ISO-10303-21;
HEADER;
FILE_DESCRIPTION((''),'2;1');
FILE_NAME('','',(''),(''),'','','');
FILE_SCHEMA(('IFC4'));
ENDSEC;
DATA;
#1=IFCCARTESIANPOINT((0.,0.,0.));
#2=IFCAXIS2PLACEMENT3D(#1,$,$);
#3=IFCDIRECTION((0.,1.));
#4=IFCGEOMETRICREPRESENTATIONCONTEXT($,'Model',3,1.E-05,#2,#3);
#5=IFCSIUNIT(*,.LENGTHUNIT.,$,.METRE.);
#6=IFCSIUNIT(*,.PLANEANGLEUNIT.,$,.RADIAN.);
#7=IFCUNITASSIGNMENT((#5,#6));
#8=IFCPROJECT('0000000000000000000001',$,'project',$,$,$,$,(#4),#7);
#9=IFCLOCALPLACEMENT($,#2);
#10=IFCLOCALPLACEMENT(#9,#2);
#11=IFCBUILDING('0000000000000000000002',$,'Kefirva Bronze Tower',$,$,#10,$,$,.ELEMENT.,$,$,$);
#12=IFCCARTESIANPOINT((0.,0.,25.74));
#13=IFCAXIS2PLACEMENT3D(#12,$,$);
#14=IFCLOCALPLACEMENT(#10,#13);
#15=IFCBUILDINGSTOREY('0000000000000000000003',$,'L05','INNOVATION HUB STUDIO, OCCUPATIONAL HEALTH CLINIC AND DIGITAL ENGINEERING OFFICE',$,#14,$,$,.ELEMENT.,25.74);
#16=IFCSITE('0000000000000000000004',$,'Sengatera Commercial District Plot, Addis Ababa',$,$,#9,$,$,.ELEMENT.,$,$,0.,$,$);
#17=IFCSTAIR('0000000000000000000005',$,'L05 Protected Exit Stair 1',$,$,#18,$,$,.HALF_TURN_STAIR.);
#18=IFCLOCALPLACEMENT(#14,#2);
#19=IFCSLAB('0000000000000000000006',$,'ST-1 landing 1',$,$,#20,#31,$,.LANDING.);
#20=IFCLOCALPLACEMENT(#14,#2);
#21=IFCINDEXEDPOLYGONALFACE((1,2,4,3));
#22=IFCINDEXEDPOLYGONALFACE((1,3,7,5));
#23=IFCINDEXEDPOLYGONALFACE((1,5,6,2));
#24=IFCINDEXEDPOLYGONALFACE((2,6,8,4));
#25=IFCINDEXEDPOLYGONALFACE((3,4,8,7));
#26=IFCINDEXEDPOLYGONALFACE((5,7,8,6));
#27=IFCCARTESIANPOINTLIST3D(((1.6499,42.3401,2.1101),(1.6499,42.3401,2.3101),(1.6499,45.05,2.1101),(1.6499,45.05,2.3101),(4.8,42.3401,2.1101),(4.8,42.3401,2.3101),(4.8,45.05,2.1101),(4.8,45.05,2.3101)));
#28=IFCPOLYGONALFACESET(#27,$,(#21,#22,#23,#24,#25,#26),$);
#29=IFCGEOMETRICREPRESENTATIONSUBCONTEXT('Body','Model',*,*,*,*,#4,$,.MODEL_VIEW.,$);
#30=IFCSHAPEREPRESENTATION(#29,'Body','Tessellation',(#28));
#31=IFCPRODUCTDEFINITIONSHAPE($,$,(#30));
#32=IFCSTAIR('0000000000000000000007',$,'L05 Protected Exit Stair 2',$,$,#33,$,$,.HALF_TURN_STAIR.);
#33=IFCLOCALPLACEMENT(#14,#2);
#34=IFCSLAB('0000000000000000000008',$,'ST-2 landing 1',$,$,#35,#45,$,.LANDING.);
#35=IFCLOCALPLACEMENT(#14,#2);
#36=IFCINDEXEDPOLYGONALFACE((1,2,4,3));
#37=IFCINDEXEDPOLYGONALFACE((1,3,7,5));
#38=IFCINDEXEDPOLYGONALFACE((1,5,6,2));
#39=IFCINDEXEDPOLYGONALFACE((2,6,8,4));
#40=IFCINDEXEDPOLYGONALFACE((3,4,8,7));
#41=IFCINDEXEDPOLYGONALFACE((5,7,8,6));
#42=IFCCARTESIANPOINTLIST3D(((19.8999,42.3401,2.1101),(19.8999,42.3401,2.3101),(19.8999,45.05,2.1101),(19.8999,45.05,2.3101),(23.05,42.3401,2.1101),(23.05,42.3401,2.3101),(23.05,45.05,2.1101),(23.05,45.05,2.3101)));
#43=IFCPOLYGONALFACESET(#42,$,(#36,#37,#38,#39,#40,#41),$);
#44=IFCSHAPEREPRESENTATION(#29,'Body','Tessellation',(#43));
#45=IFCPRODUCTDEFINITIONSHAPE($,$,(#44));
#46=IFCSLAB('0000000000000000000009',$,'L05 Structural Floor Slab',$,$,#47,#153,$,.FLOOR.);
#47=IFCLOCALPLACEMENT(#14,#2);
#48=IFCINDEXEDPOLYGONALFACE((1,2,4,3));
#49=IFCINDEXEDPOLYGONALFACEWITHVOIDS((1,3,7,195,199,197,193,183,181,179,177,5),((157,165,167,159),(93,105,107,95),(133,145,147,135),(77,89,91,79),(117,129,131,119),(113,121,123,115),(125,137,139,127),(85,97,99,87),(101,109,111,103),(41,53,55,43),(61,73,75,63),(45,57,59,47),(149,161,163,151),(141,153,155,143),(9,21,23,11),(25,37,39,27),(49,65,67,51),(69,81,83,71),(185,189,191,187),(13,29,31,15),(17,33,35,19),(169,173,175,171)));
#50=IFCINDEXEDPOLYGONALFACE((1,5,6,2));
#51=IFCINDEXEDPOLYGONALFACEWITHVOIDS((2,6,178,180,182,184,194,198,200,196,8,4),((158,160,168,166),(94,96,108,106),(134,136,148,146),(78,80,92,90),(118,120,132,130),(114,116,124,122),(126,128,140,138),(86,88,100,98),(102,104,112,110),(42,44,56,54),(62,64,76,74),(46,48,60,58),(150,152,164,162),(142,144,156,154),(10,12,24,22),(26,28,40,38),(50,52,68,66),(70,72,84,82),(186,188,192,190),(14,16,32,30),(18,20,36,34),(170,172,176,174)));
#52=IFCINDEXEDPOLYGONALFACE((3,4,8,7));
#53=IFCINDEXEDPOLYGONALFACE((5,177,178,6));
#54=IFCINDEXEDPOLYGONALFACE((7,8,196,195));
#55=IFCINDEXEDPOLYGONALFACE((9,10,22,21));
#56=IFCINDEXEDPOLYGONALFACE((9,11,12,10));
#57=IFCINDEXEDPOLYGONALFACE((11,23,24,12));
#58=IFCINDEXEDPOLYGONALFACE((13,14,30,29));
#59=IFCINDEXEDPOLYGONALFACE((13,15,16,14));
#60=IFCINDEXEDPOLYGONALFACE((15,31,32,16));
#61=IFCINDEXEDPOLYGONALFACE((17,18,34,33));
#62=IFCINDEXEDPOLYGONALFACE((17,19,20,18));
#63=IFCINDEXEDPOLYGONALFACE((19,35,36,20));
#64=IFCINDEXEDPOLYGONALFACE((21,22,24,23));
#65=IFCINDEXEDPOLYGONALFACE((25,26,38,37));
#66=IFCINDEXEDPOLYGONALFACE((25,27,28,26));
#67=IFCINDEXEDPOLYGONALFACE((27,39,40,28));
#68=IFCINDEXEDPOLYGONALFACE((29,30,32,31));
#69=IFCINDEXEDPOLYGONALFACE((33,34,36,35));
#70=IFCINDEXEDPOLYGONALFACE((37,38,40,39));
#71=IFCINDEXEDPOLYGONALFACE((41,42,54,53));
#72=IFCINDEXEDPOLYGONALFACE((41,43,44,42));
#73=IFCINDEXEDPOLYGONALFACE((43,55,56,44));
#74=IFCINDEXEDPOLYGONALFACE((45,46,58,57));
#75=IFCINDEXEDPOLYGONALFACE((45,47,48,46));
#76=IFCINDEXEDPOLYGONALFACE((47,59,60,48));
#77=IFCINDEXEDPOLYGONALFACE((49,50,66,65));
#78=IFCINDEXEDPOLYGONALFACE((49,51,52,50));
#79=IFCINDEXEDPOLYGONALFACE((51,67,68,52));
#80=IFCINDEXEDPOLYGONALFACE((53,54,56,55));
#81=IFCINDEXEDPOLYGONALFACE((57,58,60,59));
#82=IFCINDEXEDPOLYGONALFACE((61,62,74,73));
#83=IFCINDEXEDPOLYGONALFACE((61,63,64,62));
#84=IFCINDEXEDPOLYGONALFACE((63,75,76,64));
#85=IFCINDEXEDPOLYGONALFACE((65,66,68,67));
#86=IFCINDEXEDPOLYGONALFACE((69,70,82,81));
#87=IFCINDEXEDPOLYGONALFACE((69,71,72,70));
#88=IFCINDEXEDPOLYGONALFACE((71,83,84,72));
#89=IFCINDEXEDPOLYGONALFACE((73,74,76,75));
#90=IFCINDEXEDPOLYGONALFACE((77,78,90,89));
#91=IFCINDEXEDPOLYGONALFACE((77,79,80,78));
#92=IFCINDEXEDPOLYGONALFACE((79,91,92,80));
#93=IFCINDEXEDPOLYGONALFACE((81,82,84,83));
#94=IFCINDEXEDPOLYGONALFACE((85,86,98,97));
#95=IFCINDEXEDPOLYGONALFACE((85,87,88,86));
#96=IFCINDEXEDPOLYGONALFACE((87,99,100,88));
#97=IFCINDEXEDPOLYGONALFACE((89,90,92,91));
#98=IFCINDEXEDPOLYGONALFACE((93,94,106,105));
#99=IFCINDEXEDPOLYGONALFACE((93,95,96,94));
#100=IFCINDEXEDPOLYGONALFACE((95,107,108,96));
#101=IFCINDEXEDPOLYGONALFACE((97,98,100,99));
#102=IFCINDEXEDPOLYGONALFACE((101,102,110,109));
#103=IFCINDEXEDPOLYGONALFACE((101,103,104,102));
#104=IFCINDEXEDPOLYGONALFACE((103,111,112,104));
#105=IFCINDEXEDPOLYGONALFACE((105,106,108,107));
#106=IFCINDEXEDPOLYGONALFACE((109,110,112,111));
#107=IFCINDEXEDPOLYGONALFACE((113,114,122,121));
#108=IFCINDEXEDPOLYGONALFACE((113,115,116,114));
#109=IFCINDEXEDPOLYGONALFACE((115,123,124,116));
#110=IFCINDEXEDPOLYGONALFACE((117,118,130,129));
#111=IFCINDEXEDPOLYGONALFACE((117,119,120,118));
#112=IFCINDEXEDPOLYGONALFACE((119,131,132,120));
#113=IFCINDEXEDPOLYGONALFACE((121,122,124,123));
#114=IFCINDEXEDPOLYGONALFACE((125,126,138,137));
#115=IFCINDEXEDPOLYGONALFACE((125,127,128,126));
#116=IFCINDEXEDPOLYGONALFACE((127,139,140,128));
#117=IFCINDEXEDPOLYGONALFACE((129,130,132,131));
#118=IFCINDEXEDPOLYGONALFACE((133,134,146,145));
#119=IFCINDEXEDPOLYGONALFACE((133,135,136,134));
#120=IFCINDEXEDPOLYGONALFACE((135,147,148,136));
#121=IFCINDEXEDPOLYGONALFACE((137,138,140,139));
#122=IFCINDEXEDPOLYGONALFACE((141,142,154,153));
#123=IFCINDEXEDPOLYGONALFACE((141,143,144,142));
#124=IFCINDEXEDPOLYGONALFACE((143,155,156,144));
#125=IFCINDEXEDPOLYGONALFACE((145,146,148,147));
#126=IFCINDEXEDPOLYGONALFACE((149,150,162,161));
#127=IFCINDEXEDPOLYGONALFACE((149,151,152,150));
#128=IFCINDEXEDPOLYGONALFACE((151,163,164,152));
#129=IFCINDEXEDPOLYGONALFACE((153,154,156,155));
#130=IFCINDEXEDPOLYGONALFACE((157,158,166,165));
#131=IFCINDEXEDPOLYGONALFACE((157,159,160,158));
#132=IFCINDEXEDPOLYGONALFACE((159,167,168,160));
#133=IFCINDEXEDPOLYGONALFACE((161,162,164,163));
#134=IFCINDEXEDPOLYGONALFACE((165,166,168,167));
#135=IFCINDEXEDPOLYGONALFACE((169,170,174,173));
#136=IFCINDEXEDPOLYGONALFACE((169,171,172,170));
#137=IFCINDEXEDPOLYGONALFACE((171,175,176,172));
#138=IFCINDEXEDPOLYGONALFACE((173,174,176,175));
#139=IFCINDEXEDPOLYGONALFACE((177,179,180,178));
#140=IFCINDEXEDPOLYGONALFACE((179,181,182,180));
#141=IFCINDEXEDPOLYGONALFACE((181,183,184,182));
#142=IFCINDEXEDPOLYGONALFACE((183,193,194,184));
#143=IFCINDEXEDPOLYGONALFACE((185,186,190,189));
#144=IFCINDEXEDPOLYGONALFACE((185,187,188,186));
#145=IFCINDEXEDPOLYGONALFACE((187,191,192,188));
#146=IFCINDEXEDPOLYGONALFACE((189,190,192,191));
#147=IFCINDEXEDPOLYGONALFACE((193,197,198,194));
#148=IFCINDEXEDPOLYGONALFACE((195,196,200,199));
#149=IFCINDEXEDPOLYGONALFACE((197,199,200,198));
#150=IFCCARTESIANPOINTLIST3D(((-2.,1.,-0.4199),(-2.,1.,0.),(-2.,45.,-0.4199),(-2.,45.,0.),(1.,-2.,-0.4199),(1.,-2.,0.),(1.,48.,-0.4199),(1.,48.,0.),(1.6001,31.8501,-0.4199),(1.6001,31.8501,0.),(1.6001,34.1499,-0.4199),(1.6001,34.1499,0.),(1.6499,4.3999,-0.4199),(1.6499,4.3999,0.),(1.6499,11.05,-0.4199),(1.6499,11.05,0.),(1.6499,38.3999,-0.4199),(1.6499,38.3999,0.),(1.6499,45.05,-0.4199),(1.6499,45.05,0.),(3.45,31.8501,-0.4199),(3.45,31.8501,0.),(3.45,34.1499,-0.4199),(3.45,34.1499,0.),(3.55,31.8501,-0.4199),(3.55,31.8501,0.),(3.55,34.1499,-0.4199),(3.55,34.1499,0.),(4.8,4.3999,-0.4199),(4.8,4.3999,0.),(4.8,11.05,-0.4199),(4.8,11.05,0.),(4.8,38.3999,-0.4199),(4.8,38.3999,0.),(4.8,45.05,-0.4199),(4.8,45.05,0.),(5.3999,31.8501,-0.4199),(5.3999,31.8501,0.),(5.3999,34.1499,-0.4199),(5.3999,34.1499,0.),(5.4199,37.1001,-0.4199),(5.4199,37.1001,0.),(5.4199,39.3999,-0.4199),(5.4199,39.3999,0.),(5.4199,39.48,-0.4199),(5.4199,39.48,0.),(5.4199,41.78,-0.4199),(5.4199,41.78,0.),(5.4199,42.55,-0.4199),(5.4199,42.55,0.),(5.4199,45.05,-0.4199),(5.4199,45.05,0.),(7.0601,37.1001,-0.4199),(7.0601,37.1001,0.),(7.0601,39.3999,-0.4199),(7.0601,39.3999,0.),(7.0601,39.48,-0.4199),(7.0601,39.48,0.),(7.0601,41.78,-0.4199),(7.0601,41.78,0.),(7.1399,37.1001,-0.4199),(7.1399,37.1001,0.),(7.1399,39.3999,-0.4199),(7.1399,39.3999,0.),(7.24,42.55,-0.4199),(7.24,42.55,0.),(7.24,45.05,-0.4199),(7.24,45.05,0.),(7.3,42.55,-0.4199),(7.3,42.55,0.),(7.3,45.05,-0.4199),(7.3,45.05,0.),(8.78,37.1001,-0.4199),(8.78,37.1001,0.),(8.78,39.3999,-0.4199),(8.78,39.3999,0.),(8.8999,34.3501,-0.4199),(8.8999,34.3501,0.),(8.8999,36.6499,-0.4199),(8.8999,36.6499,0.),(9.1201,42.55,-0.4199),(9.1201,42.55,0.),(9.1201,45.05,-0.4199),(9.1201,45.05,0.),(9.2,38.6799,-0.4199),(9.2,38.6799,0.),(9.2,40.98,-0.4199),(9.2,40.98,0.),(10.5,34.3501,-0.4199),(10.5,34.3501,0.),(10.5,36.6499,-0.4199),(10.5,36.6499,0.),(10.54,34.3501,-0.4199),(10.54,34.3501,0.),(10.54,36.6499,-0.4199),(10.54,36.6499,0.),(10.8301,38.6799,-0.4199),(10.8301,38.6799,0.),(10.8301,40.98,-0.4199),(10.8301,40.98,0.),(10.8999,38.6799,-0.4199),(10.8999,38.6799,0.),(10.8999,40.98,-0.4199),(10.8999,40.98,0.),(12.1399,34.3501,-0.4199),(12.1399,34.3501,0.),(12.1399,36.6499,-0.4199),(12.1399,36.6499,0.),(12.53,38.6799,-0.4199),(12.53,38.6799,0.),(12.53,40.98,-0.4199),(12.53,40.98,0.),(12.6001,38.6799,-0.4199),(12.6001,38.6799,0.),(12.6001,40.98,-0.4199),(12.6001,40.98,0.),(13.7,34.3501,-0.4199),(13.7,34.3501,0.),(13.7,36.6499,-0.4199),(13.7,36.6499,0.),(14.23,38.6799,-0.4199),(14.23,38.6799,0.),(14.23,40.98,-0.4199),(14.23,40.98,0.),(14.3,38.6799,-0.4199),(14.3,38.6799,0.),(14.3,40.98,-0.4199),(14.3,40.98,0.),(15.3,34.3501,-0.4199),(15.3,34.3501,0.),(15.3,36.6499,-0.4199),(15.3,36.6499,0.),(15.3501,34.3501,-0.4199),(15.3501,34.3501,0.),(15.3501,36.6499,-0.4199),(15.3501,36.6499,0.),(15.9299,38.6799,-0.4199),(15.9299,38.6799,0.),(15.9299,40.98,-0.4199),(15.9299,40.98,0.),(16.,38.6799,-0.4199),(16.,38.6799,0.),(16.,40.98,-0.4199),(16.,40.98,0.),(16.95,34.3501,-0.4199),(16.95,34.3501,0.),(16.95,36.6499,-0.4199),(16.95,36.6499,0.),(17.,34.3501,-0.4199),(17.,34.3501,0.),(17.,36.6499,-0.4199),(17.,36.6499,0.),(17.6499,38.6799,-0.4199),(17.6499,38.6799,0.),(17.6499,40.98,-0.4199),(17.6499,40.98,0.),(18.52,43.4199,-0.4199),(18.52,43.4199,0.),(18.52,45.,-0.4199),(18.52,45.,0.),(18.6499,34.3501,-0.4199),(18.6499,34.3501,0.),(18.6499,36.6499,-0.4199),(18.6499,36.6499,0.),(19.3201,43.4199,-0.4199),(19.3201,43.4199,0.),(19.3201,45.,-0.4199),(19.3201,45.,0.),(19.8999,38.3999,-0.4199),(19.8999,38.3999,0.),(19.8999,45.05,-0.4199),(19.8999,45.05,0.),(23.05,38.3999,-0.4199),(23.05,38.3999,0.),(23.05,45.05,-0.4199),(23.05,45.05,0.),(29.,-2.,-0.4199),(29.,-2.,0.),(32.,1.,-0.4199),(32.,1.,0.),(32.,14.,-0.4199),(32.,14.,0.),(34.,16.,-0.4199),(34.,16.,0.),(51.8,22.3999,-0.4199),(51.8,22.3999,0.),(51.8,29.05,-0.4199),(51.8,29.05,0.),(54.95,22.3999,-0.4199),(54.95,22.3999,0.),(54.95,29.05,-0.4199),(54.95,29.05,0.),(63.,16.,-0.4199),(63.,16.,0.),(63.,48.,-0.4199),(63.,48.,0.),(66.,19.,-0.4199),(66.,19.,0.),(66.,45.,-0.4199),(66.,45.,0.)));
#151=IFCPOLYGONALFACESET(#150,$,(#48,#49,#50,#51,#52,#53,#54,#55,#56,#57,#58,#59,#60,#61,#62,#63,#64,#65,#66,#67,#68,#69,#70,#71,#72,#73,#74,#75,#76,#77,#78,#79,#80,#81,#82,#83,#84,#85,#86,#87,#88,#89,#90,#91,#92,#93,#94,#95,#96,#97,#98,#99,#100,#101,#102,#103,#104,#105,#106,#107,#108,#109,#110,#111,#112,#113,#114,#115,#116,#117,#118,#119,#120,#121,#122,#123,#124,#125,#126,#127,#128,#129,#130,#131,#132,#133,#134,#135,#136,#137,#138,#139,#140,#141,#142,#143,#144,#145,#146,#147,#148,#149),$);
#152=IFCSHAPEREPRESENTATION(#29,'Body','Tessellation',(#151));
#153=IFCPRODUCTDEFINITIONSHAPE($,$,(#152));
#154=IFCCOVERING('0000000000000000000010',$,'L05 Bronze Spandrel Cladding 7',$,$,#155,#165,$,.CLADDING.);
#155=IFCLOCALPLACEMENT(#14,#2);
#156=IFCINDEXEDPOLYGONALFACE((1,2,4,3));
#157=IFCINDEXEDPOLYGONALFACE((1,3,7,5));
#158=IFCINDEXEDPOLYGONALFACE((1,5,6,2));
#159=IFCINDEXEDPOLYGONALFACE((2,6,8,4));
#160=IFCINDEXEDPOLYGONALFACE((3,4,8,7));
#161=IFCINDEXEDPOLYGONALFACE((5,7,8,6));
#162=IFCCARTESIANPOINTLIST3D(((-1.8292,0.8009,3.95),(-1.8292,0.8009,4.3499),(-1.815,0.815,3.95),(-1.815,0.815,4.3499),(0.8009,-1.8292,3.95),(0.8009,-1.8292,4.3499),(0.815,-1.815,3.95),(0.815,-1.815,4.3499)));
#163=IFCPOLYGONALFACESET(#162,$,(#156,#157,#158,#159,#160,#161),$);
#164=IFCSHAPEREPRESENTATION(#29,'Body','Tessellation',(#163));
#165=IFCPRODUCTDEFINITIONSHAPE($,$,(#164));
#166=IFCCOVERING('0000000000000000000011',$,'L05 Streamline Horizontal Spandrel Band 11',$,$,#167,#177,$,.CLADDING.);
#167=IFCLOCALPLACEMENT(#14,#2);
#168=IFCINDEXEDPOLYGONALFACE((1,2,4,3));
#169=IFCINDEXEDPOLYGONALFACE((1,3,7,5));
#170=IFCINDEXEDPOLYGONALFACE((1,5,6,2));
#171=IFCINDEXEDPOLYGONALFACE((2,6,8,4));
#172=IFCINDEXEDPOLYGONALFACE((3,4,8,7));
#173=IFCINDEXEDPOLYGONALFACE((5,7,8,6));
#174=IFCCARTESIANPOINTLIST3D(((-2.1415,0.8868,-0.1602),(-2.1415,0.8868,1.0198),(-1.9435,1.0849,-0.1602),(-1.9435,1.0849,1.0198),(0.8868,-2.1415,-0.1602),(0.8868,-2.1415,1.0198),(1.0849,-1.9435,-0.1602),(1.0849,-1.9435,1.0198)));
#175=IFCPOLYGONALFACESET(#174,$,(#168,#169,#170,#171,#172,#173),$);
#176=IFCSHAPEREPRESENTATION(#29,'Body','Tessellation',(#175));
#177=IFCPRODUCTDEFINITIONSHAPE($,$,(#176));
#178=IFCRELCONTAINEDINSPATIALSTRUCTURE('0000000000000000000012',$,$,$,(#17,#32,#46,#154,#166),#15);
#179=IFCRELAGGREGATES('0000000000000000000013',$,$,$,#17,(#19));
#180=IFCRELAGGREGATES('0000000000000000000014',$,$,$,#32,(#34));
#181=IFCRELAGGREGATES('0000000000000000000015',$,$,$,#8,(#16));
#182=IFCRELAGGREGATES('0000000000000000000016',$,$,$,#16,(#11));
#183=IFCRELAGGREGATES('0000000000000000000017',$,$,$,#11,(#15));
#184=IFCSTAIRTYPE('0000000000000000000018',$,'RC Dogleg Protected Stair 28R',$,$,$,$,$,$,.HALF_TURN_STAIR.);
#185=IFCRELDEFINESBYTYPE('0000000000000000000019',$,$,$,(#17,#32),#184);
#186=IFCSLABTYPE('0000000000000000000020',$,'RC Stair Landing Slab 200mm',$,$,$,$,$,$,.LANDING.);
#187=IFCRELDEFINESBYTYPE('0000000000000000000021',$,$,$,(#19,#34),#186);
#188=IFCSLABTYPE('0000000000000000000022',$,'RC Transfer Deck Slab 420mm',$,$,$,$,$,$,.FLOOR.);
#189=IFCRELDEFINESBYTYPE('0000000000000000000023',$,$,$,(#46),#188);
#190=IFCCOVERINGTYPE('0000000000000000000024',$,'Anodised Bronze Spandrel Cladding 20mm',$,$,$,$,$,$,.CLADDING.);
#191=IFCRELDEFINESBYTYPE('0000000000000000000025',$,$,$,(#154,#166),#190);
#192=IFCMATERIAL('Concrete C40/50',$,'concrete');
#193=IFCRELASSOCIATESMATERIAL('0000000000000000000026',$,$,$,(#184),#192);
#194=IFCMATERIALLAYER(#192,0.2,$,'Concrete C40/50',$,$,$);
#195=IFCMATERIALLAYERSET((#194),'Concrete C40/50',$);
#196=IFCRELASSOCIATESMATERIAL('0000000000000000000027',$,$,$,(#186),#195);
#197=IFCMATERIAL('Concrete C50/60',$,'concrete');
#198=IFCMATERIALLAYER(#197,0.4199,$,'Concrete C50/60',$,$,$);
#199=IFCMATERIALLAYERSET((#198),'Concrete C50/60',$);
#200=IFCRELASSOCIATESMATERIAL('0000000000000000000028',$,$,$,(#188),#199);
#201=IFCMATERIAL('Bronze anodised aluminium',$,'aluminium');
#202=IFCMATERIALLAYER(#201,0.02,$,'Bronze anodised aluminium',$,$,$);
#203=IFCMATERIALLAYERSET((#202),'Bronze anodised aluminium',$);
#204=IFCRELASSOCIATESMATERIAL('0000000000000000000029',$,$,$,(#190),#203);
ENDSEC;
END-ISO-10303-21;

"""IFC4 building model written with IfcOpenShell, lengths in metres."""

from ifc_helpers import new_model, si_unit, direction, frame, origin, origin_2d, place, context, subcontext, project, spatial, polyline, rectangle, outline, extrude, material, layer, layer_set, type_object, element, aggregate, save


model = new_model("IFC4")

# Units and contexts
model_context = context("Model", 3, precision=1e-05, world=origin(), true_north=direction((0.0, 1.0)))
body_context = subcontext(model_context, "Body", "Model", "MODEL_VIEW")
ifc_project = project(units=[si_unit("LENGTHUNIT", "METRE"), si_unit("PLANEANGLEUNIT", "RADIAN")], contexts=[model_context])

# Site, building, storey
site_placement = place(None, origin())
site = spatial("IfcSite", under=ifc_project, at=site_placement, Name="Sengatera Commercial District Plot, Addis Ababa", CompositionType="ELEMENT", RefElevation=0.0)
building_placement = place(site_placement, origin())
building = spatial("IfcBuilding", under=site, at=building_placement, Name="Kefirva Bronze Tower", CompositionType="ELEMENT")
storey_placement = place(building_placement, frame((0.0, 0.0, 25.74)))
storey = spatial("IfcBuildingStorey", under=building, at=storey_placement, Name="L05", Description="INNOVATION HUB STUDIO, OCCUPATIONAL HEALTH CLINIC AND DIGITAL ENGINEERING OFFICE", CompositionType="ELEMENT", Elevation=25.74)

# Stairs, slabs
ifc_material_1 = material(Name="Concrete C40/50", Category="concrete")
stair_type = type_object("IfcStairType", Name="RC Dogleg Protected Stair 28R", PredefinedType="HALF_TURN_STAIR", material=ifc_material_1)
stair_1_placement = place(storey_placement, origin())
stair_1 = element("IfcStair", 1, at=stair_1_placement, inside=storey, type_object=stair_type, Name="L05 Protected Exit Stair 1", PredefinedType="HALF_TURN_STAIR")
ifc_layer_1 = layer(ifc_material_1, 0.2, Name="Concrete C40/50")
ifc_layer_set_1 = layer_set([ifc_layer_1], Name="Concrete C40/50")
slab_type_1 = type_object("IfcSlabType", Name="RC Stair Landing Slab 200mm", PredefinedType="LANDING", material=ifc_layer_set_1)
slab_1_placement = place(storey_placement, frame((0.0, 0.0, 2.1101)))
slab_1 = element("IfcSlab", 2, at=slab_1_placement, type_object=slab_type_1, Name="ST-1 landing 1", PredefinedType="LANDING", context=body_context, shape_type="SweptSolid", body=[
    extrude(outline(polyline([(4.8, 42.3401), (4.8, 45.05), (1.6499, 45.05), (1.6499, 42.3401), (4.8, 42.3401)])), origin(), (0.0, 0.0, 1.0), 0.2),
])
aggregate(stair_1, [slab_1])
stair_2_placement = place(storey_placement, origin())
stair_2 = element("IfcStair", 3, at=stair_2_placement, inside=storey, type_object=stair_type, Name="L05 Protected Exit Stair 2", PredefinedType="HALF_TURN_STAIR")
slab_2_placement = place(storey_placement, frame((0.0, 0.0, 2.1101)))
slab_2 = element("IfcSlab", 4, at=slab_2_placement, type_object=slab_type_1, Name="ST-2 landing 1", PredefinedType="LANDING", context=body_context, shape_type="SweptSolid", body=[
    extrude(outline(polyline([(23.05, 42.3401), (23.05, 45.05), (19.8999, 45.05), (19.8999, 42.3401), (23.05, 42.3401)])), origin(), (0.0, 0.0, 1.0), 0.2),
])
aggregate(stair_2, [slab_2])

# Slab
ifc_material_2 = material(Name="Concrete C50/60", Category="concrete")
ifc_layer_2 = layer(ifc_material_2, 0.4199, Name="Concrete C50/60")
ifc_layer_set_2 = layer_set([ifc_layer_2], Name="Concrete C50/60")
slab_type_2 = type_object("IfcSlabType", Name="RC Transfer Deck Slab 420mm", PredefinedType="FLOOR", material=ifc_layer_set_2)
slab_3_placement = place(storey_placement, frame((0.0, 0.0, -0.4199)))
element("IfcSlab", 5, at=slab_3_placement, inside=storey, type_object=slab_type_2, Name="L05 Structural Floor Slab", PredefinedType="FLOOR", context=body_context, shape_type="SweptSolid", body=[
    extrude(outline(polyline([(-2.0, 1.0), (-2.0, 45.0), (1.0, 48.0), (63.0, 48.0), (66.0, 45.0), (66.0, 19.0), (63.0, 16.0), (34.0, 16.0), (32.0, 14.0), (32.0, 1.0), (29.0, -2.0), (1.0, -2.0), (-2.0, 1.0)]), holes=[polyline([(54.95, 22.3999), (54.95, 29.05), (51.8, 29.05), (51.8, 22.3999), (54.95, 22.3999)]), polyline([(19.8999, 38.3999), (23.05, 38.3999), (23.05, 45.05), (19.8999, 45.05), (19.8999, 38.3999)]), polyline([(18.52, 43.4199), (19.3201, 43.4199), (19.3201, 45.0), (18.52, 45.0), (18.52, 43.4199)]), polyline([(17.0, 34.3501), (18.6499, 34.3501), (18.6499, 36.6499), (17.0, 36.6499), (17.0, 34.3501)]), polyline([(17.6499, 38.6799), (17.6499, 40.98), (16.0, 40.98), (16.0, 38.6799), (17.6499, 38.6799)]), polyline([(15.3501, 34.3501), (16.95, 34.3501), (16.95, 36.6499), (15.3501, 36.6499), (15.3501, 34.3501)]), polyline([(14.3, 38.6799), (15.9299, 38.6799), (15.9299, 40.98), (14.3, 40.98), (14.3, 38.6799)]), polyline([(15.3, 34.3501), (15.3, 36.6499), (13.7, 36.6499), (13.7, 34.3501), (15.3, 34.3501)]), polyline([(12.6001, 38.6799), (14.23, 38.6799), (14.23, 40.98), (12.6001, 40.98), (12.6001, 38.6799)]), polyline([(12.53, 38.6799), (12.53, 40.98), (10.8999, 40.98), (10.8999, 38.6799), (12.53, 38.6799)]), polyline([(12.1399, 34.3501), (12.1399, 36.6499), (10.54, 36.6499), (10.54, 34.3501), (12.1399, 34.3501)]), polyline([(9.2, 38.6799), (10.8301, 38.6799), (10.8301, 40.98), (9.2, 40.98), (9.2, 38.6799)]), polyline([(8.8999, 34.3501), (10.5, 34.3501), (10.5, 36.6499), (8.8999, 36.6499), (8.8999, 34.3501)]), polyline([(7.3, 42.55), (9.1201, 42.55), (9.1201, 45.05), (7.3, 45.05), (7.3, 42.55)]), polyline([(8.78, 37.1001), (8.78, 39.3999), (7.1399, 39.3999), (7.1399, 37.1001), (8.78, 37.1001)]), polyline([(5.4199, 42.55), (7.24, 42.55), (7.24, 45.05), (5.4199, 45.05), (5.4199, 42.55)]), polyline([(5.4199, 39.48), (7.0601, 39.48), (7.0601, 41.78), (5.4199, 41.78), (5.4199, 39.48)]), polyline([(5.4199, 37.1001), (7.0601, 37.1001), (7.0601, 39.3999), (5.4199, 39.3999), (5.4199, 37.1001)]), polyline([(5.3999, 31.8501), (5.3999, 34.1499), (3.55, 34.1499), (3.55, 31.8501), (5.3999, 31.8501)]), polyline([(4.8, 38.3999), (4.8, 45.05), (1.6499, 45.05), (1.6499, 38.3999), (4.8, 38.3999)]), polyline([(4.8, 4.3999), (4.8, 11.05), (1.6499, 11.05), (1.6499, 4.3999), (4.8, 4.3999)]), polyline([(3.45, 31.8501), (3.45, 34.1499), (1.6001, 34.1499), (1.6001, 31.8501), (3.45, 31.8501)])]), origin(), (0.0, 0.0, 1.0), 0.4199),
])

# Coverings
ifc_material_3 = material(Name="Bronze anodised aluminium", Category="aluminium")
ifc_layer_3 = layer(ifc_material_3, 0.02, Name="Bronze anodised aluminium")
ifc_layer_set_3 = layer_set([ifc_layer_3], Name="Bronze anodised aluminium")
covering_type_1 = type_object("IfcCoveringType", Name="Anodised Bronze Spandrel Cladding 20mm", PredefinedType="CLADDING", material=ifc_layer_set_3)
covering_1_placement = place(storey_placement, frame((-0.5071, -0.5071, 3.95), z_axis=(0.0, 0.0, 1.0), x_axis=(0.707107, -0.707107, 0.0)))
element("IfcCovering", 6, at=covering_1_placement, inside=storey, type_object=covering_type_1, Name="L05 Bronze Spandrel Cladding 7", PredefinedType="CLADDING", context=body_context, shape_type="SweptSolid", body=[
    extrude(rectangle(XDim=3.7195, YDim=0.02, at=origin_2d()), origin(), (0.0, 0.0, 1.0), 0.3999),
])
covering_2_placement = place(storey_placement, frame((-0.5283, -0.5283, -0.1602), z_axis=(0.0, 0.0, 1.0), x_axis=(0.707107, -0.707107, 0.0)))
element("IfcCovering", 7, at=covering_2_placement, inside=storey, type_object=covering_type_1, Name="L05 Streamline Horizontal Spandrel Band 11", PredefinedType="CLADDING", context=body_context, shape_type="SweptSolid", body=[
    extrude(rectangle(XDim=4.2827, YDim=0.28, at=origin_2d()), origin(), (0.0, 0.0, 1.0), 1.1799),
])

save(model, "model.ifc")
